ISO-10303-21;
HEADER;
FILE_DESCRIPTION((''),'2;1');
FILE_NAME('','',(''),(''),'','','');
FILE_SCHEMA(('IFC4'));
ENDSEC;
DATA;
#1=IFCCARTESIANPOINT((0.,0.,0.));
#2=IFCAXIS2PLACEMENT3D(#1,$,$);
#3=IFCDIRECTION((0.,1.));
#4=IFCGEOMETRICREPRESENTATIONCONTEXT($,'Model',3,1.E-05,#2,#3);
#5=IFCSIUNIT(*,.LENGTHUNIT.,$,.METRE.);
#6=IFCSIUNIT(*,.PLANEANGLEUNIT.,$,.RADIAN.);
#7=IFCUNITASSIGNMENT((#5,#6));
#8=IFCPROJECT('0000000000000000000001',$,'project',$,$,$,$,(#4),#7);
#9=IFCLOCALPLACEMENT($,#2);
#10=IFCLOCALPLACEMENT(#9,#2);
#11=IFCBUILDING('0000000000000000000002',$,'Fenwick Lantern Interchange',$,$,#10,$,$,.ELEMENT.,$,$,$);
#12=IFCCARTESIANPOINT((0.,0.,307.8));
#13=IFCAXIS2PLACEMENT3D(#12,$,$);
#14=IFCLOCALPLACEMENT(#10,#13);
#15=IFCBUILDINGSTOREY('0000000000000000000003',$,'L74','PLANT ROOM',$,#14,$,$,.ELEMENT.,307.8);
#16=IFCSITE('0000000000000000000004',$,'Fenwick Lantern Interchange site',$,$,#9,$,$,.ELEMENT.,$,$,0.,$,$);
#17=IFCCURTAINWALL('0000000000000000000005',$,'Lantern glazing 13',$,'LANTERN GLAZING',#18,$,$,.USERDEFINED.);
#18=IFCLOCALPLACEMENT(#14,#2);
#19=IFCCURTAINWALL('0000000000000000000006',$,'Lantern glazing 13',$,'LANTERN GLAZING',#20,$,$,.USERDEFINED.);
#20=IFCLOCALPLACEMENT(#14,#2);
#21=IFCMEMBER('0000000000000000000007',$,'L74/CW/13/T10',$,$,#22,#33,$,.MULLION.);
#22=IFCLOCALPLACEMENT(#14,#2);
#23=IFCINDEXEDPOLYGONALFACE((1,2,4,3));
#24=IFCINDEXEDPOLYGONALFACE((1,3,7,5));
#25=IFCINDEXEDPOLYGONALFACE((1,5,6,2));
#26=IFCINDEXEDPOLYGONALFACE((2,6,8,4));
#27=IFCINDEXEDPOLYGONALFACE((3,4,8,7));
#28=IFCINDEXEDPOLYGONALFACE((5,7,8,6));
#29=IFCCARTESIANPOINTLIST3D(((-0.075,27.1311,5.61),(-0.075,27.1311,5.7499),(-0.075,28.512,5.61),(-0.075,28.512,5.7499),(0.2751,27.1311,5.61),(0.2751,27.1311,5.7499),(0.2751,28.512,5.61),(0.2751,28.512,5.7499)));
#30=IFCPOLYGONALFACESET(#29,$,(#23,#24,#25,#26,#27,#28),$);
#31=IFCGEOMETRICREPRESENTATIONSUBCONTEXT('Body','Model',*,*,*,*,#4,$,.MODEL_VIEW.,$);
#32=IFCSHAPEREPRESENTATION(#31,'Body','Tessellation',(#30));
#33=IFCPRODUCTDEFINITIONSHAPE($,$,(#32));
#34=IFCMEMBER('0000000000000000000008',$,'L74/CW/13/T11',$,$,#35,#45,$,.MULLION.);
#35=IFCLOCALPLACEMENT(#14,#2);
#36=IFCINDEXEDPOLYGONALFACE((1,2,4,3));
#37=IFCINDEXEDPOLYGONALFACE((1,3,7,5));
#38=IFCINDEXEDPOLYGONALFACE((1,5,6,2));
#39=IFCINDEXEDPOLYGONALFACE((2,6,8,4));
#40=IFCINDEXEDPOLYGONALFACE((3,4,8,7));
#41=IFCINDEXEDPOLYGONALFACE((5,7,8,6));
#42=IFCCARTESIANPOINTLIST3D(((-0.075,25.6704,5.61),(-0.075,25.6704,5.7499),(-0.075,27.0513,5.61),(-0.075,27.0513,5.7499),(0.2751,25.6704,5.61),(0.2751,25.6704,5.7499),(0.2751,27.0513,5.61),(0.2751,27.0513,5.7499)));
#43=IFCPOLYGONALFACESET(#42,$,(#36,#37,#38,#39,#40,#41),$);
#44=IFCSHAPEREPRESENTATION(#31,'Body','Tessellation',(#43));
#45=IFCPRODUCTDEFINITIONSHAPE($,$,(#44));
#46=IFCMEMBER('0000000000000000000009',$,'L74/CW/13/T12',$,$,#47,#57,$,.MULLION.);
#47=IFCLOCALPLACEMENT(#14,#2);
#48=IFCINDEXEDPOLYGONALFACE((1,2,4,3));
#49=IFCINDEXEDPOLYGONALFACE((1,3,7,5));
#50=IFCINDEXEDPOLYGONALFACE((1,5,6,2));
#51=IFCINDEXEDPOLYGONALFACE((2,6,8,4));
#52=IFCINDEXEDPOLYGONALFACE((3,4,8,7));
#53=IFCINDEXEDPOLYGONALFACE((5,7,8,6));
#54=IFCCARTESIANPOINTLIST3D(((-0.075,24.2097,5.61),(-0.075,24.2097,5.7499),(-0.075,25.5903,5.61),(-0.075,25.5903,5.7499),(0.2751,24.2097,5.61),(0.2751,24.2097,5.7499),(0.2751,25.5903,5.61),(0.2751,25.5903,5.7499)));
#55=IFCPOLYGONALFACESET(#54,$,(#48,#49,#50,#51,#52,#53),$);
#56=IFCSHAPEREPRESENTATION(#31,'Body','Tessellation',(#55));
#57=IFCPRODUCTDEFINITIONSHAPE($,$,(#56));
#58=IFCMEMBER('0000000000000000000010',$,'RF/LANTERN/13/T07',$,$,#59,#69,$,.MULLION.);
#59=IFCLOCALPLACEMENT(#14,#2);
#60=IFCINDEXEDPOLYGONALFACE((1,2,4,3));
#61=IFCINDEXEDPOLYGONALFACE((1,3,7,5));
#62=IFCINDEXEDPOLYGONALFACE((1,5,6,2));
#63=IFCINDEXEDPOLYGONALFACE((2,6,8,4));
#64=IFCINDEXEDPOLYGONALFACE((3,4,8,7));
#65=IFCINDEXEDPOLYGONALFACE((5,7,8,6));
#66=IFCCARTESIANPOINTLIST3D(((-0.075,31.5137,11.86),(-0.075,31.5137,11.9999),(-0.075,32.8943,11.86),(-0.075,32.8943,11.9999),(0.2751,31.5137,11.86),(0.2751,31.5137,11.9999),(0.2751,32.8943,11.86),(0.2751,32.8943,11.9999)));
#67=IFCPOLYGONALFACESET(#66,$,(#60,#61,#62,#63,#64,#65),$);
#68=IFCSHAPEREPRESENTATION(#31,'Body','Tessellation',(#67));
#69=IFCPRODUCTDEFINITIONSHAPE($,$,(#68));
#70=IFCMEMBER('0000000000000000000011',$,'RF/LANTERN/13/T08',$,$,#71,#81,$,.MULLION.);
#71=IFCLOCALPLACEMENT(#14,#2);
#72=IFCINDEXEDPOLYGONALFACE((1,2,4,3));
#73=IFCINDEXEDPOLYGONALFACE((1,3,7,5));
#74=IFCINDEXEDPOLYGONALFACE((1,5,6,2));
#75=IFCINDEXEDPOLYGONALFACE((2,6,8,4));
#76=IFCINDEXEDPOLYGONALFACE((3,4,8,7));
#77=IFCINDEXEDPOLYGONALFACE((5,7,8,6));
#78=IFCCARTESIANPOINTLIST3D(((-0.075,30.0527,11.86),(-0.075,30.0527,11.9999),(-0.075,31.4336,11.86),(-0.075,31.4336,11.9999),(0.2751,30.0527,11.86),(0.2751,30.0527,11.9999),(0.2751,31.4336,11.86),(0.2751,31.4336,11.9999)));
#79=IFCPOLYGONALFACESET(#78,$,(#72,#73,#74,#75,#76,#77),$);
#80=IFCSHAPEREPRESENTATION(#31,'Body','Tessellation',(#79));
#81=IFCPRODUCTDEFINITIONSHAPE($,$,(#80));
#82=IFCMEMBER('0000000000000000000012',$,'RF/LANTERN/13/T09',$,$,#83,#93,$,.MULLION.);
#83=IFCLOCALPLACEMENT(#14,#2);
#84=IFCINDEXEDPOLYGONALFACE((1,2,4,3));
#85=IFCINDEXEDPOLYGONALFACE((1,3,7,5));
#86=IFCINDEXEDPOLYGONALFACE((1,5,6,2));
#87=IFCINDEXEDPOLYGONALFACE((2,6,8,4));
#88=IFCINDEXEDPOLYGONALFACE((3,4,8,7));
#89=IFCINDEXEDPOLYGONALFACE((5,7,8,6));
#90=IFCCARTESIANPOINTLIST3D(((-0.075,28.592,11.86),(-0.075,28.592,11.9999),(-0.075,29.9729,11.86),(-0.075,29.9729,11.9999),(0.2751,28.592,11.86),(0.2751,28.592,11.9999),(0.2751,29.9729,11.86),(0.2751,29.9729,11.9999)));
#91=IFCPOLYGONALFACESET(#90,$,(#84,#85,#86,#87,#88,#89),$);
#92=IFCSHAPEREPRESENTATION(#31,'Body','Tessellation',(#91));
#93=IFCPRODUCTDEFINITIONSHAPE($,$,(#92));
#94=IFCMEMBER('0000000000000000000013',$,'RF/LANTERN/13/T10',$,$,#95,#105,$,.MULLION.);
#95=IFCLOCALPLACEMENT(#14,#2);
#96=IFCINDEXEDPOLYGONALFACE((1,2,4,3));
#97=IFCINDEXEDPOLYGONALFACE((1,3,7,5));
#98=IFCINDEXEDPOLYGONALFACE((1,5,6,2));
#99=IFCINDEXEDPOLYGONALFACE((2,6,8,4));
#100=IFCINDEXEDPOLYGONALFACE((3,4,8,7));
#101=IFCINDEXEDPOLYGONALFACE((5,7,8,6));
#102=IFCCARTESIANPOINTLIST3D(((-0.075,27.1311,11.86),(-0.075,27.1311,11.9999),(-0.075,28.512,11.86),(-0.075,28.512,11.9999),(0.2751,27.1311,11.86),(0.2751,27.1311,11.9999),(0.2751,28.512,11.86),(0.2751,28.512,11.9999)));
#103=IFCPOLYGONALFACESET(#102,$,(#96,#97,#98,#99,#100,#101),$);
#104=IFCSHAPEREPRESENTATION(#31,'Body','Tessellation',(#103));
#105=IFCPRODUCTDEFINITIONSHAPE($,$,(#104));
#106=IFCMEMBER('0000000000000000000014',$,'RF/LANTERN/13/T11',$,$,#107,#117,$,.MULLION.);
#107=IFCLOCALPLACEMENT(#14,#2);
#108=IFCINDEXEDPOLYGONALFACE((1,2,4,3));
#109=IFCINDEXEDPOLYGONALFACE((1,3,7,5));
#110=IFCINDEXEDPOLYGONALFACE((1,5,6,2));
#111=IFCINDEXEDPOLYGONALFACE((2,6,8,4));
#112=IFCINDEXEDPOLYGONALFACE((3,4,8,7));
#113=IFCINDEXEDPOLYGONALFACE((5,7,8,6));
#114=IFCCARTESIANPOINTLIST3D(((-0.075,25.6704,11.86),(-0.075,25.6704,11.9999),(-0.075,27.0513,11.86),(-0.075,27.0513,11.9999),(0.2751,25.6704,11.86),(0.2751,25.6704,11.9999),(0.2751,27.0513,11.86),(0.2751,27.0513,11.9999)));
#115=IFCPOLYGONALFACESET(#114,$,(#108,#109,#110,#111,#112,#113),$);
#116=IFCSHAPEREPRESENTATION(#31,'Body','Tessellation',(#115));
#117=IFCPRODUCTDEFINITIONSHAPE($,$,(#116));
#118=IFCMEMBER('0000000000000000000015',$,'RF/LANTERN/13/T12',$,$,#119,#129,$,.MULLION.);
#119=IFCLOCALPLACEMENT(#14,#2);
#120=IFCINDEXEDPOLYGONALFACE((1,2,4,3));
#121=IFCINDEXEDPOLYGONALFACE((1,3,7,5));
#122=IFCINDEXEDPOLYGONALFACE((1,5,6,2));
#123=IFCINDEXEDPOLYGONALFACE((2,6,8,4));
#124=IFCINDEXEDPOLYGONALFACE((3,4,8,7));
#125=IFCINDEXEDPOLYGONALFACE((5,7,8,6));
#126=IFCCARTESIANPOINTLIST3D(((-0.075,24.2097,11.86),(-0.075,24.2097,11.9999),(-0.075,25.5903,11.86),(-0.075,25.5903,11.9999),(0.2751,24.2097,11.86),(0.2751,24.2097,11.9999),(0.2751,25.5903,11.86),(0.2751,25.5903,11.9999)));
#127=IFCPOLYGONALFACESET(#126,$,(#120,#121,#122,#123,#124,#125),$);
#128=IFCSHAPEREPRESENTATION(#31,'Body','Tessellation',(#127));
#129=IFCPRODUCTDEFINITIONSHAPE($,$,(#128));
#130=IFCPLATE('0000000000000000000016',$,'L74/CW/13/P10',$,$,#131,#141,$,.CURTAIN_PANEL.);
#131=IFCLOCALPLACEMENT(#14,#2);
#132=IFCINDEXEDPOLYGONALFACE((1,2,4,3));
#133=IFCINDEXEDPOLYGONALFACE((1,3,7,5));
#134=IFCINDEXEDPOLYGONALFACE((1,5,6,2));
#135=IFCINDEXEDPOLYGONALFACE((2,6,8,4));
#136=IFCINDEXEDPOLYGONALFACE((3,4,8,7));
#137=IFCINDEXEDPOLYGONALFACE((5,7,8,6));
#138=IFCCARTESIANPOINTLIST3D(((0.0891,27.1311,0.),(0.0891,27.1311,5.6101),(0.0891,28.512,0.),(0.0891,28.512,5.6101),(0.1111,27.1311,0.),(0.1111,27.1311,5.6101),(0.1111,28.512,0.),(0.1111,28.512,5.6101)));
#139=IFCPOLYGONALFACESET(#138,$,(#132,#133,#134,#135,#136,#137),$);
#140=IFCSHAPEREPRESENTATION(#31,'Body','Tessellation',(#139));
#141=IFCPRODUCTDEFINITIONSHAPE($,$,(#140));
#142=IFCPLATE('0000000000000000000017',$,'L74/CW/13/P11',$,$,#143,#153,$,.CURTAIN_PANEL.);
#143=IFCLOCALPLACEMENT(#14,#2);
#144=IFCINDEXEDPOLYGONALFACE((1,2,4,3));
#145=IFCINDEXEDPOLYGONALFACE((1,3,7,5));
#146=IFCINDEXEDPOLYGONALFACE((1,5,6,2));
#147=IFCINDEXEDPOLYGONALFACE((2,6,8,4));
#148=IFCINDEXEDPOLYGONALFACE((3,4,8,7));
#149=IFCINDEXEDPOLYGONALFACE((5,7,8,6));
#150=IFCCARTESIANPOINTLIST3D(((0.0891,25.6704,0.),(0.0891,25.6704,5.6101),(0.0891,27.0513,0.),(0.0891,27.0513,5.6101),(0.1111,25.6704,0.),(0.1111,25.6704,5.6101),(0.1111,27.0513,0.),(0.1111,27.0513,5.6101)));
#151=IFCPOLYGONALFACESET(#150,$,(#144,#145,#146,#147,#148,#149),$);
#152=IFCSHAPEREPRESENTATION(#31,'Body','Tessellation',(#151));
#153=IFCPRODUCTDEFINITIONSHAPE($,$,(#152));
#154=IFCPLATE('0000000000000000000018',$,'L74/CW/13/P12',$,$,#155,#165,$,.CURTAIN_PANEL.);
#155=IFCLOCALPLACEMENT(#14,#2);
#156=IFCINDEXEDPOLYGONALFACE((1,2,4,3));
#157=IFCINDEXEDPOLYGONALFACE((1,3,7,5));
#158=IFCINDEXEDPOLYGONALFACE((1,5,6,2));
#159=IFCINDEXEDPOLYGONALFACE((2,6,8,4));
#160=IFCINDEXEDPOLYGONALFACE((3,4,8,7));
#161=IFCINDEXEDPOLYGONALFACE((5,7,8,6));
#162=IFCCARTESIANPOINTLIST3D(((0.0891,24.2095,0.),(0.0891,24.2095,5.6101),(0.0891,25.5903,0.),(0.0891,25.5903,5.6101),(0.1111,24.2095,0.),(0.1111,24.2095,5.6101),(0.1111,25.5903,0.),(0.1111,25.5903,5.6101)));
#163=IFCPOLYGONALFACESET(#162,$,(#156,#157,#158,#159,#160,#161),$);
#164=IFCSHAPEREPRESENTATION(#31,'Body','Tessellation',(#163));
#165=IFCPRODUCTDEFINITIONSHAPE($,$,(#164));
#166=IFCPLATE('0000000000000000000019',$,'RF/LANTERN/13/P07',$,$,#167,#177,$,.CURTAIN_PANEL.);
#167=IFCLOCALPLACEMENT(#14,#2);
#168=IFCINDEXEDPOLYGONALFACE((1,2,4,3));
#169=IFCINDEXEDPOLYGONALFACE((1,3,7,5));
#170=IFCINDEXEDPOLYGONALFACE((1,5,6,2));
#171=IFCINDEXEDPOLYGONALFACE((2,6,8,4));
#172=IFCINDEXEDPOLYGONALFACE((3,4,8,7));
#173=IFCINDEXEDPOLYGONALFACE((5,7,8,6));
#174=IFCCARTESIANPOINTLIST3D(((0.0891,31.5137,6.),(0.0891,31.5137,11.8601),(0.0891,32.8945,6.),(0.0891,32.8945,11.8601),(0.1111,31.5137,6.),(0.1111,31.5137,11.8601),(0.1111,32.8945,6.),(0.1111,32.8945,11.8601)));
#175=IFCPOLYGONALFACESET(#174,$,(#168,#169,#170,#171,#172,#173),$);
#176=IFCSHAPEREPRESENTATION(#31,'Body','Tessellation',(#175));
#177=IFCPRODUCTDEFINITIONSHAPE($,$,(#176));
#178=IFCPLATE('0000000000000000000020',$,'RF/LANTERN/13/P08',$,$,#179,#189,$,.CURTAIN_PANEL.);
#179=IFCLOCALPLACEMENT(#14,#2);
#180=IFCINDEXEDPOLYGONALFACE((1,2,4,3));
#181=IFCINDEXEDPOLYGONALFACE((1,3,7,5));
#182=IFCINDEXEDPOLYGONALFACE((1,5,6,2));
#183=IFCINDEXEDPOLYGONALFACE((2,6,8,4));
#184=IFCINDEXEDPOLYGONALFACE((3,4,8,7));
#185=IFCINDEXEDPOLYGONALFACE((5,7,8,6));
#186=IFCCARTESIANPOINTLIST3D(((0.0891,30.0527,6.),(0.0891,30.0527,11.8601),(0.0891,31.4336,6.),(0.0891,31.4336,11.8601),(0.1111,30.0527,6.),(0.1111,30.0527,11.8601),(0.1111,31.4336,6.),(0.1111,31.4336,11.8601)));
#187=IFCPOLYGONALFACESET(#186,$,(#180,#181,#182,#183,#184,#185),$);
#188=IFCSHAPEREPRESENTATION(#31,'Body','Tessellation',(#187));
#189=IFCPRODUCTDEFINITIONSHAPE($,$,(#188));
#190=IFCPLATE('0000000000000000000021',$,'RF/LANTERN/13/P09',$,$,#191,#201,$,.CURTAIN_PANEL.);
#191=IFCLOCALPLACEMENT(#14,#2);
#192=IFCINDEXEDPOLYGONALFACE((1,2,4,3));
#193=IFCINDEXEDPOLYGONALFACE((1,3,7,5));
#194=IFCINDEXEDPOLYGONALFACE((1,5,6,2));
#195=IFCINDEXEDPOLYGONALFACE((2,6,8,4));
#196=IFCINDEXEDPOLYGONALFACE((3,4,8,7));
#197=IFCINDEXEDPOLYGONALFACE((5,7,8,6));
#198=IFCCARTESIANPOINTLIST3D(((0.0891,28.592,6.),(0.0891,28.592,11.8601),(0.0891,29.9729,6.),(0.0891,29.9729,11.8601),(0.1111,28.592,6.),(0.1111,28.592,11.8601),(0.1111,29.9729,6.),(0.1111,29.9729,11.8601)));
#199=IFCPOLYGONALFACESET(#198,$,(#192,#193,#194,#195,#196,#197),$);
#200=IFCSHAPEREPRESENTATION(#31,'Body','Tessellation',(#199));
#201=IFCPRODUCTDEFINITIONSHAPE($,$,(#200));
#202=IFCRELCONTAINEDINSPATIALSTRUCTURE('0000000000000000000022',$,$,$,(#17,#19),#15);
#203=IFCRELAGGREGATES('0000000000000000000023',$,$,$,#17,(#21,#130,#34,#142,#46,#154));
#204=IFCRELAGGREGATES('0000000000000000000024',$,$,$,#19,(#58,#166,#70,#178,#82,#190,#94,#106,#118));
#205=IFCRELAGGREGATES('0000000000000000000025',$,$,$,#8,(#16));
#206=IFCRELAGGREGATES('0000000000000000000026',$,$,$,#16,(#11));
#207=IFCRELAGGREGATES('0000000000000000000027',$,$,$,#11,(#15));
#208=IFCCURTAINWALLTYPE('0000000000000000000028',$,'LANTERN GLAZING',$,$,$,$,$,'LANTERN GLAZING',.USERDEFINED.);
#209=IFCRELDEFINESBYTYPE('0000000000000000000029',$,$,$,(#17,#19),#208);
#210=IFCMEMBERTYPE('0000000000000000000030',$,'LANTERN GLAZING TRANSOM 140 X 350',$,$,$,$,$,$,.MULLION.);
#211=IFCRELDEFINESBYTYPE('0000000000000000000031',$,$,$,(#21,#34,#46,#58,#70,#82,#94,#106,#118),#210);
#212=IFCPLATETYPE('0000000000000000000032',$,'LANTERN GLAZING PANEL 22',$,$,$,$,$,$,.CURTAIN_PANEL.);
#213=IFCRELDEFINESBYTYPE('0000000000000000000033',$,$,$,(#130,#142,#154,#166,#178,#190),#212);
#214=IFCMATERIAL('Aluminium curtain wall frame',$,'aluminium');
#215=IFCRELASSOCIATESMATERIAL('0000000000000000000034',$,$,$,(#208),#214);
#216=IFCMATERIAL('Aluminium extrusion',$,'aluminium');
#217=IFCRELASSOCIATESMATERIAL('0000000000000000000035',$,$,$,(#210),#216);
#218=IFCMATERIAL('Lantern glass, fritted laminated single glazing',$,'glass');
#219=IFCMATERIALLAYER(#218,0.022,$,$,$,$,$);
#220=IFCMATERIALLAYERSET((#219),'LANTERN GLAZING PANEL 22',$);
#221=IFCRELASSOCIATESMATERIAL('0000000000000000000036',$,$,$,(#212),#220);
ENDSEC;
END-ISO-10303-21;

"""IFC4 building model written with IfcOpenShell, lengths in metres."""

from ifc_helpers import new_model, si_unit, direction, frame, origin, origin_2d, place, context, subcontext, project, spatial, rectangle, extrude, material, layer, layer_set, material_profile, profile_set, type_object, element, aggregate, save


model = new_model("IFC4")

# Units and contexts
model_context = context("Model", 3, precision=1e-05, world=origin(), true_north=direction((0.0, 1.0)))
body_context = subcontext(model_context, "Body", "Model", "MODEL_VIEW")
ifc_project = project(units=[si_unit("LENGTHUNIT", "METRE"), si_unit("PLANEANGLEUNIT", "RADIAN")], contexts=[model_context])

# Site, building, storey
site_placement = place(None, origin())
site = spatial("IfcSite", under=ifc_project, at=site_placement, Name="Fenwick Lantern Interchange site", CompositionType="ELEMENT", RefElevation=0.0)
building_placement = place(site_placement, origin())
building = spatial("IfcBuilding", under=site, at=building_placement, Name="Fenwick Lantern Interchange", CompositionType="ELEMENT")
storey_placement = place(building_placement, frame((0.0, 0.0, 307.8)))
storey = spatial("IfcBuildingStorey", under=building, at=storey_placement, Name="L74", Description="PLANT ROOM", CompositionType="ELEMENT", Elevation=307.8)

# Curtain walls
ifc_material_1 = material(Name="Aluminium curtain wall frame", Category="aluminium")
curtain_wall_type = type_object("IfcCurtainWallType", Name="LANTERN GLAZING", ElementType="LANTERN GLAZING", PredefinedType="USERDEFINED", material=ifc_material_1)
curtain_wall_1_placement = place(storey_placement, origin())
curtain_wall_1 = element("IfcCurtainWall", 1, at=curtain_wall_1_placement, inside=storey, type_object=curtain_wall_type, Name="Lantern glazing 13", ObjectType="LANTERN GLAZING", PredefinedType="USERDEFINED")
ifc_material_2 = material(Name="Aluminium extrusion", Category="aluminium")
curtain_wall_2_placement = place(storey_placement, origin())
curtain_wall_2 = element("IfcCurtainWall", 2, at=curtain_wall_2_placement, inside=storey, type_object=curtain_wall_type, Name="Lantern glazing 13", ObjectType="LANTERN GLAZING", PredefinedType="USERDEFINED")

# Members
ifc_material_profile_1 = material_profile(ifc_material_2, rectangle(XDim=0.3501, YDim=0.1399, at=origin_2d()), Name="LANTERN GLAZING TRANSOM 140 X 350")
ifc_profile_set_1 = profile_set([ifc_material_profile_1], Name="Aluminium extrusion")
member_type_1 = type_object("IfcMemberType", Name="LANTERN GLAZING TRANSOM 140 X 350", PredefinedType="MULLION", material=ifc_profile_set_1)
member_1_placement = place(storey_placement, frame((0.1001, 28.512, 5.6799), z_axis=(0.0, -1.0, 0.0), x_axis=(1.0, 0.0, 0.0)))
member_1 = element("IfcMember", 3, at=member_1_placement, type_object=member_type_1, Name="L74/CW/13/T10", PredefinedType="MULLION", context=body_context, shape_type="SweptSolid", body=[
    extrude(rectangle(XDim=0.3501, YDim=0.1399, at=origin_2d()), origin(), (0.0, 0.0, 1.0), 1.3809),
])
member_2_placement = place(storey_placement, frame((0.1001, 27.0513, 5.6799), z_axis=(0.0, -1.0, 0.0), x_axis=(1.0, 0.0, 0.0)))
member_2 = element("IfcMember", 4, at=member_2_placement, type_object=member_type_1, Name="L74/CW/13/T11", PredefinedType="MULLION", context=body_context, shape_type="SweptSolid", body=[
    extrude(rectangle(XDim=0.3501, YDim=0.1399, at=origin_2d()), origin(), (0.0, 0.0, 1.0), 1.3809),
])
member_3_placement = place(storey_placement, frame((0.1001, 25.5903, 5.6799), z_axis=(0.0, -1.0, 0.0), x_axis=(1.0, 0.0, 0.0)))
member_3 = element("IfcMember", 5, at=member_3_placement, type_object=member_type_1, Name="L74/CW/13/T12", PredefinedType="MULLION", context=body_context, shape_type="SweptSolid", body=[
    extrude(rectangle(XDim=0.3501, YDim=0.1399, at=origin_2d()), origin(), (0.0, 0.0, 1.0), 1.3806),
])
member_4_placement = place(storey_placement, frame((0.1001, 32.8943, 11.9299), z_axis=(0.0, -1.0, 0.0), x_axis=(1.0, 0.0, 0.0)))
member_4 = element("IfcMember", 6, at=member_4_placement, type_object=member_type_1, Name="RF/LANTERN/13/T07", PredefinedType="MULLION", context=body_context, shape_type="SweptSolid", body=[
    extrude(rectangle(XDim=0.3501, YDim=0.1399, at=origin_2d()), origin(), (0.0, 0.0, 1.0), 1.3806),
])
member_5_placement = place(storey_placement, frame((0.1001, 31.4336, 11.9299), z_axis=(0.0, -1.0, 0.0), x_axis=(1.0, 0.0, 0.0)))
member_5 = element("IfcMember", 7, at=member_5_placement, type_object=member_type_1, Name="RF/LANTERN/13/T08", PredefinedType="MULLION", context=body_context, shape_type="SweptSolid", body=[
    extrude(rectangle(XDim=0.3501, YDim=0.1399, at=origin_2d()), origin(), (0.0, 0.0, 1.0), 1.3809),
])
member_6_placement = place(storey_placement, frame((0.1001, 29.9729, 11.9299), z_axis=(0.0, -1.0, 0.0), x_axis=(1.0, 0.0, 0.0)))
member_6 = element("IfcMember", 8, at=member_6_placement, type_object=member_type_1, Name="RF/LANTERN/13/T09", PredefinedType="MULLION", context=body_context, shape_type="SweptSolid", body=[
    extrude(rectangle(XDim=0.3501, YDim=0.1399, at=origin_2d()), origin(), (0.0, 0.0, 1.0), 1.3809),
])
member_7_placement = place(storey_placement, frame((0.1001, 28.512, 11.9299), z_axis=(0.0, -1.0, 0.0), x_axis=(1.0, 0.0, 0.0)))
member_7 = element("IfcMember", 9, at=member_7_placement, type_object=member_type_1, Name="RF/LANTERN/13/T10", PredefinedType="MULLION", context=body_context, shape_type="SweptSolid", body=[
    extrude(rectangle(XDim=0.3501, YDim=0.1399, at=origin_2d()), origin(), (0.0, 0.0, 1.0), 1.3809),
])
member_8_placement = place(storey_placement, frame((0.1001, 27.0513, 11.9299), z_axis=(0.0, -1.0, 0.0), x_axis=(1.0, 0.0, 0.0)))
member_8 = element("IfcMember", 10, at=member_8_placement, type_object=member_type_1, Name="RF/LANTERN/13/T11", PredefinedType="MULLION", context=body_context, shape_type="SweptSolid", body=[
    extrude(rectangle(XDim=0.3501, YDim=0.1399, at=origin_2d()), origin(), (0.0, 0.0, 1.0), 1.3809),
])
member_9_placement = place(storey_placement, frame((0.1001, 25.5903, 11.9299), z_axis=(0.0, -1.0, 0.0), x_axis=(1.0, 0.0, 0.0)))
member_9 = element("IfcMember", 11, at=member_9_placement, type_object=member_type_1, Name="RF/LANTERN/13/T12", PredefinedType="MULLION", context=body_context, shape_type="SweptSolid", body=[
    extrude(rectangle(XDim=0.3501, YDim=0.1399, at=origin_2d()), origin(), (0.0, 0.0, 1.0), 1.3806),
])

# Plates
ifc_material_3 = material(Name="Lantern glass, fritted laminated single glazing", Category="glass")
ifc_layer_1 = layer(ifc_material_3, 0.022)
ifc_layer_set_1 = layer_set([ifc_layer_1], Name="LANTERN GLAZING PANEL 22")
plate_type = type_object("IfcPlateType", Name="LANTERN GLAZING PANEL 22", PredefinedType="CURTAIN_PANEL", material=ifc_layer_set_1)
plate_1_placement = place(storey_placement, frame((0.1001, 27.8215, 0.0), z_axis=(0.0, 0.0, 1.0), x_axis=(0.0, -1.0, 0.0)))
plate_1 = element("IfcPlate", 12, at=plate_1_placement, type_object=plate_type, Name="L74/CW/13/P10", PredefinedType="CURTAIN_PANEL", context=body_context, shape_type="SweptSolid", body=[
    extrude(rectangle(XDim=1.3809, YDim=0.022, at=origin_2d()), origin(), (0.0, 0.0, 1.0), 5.6101),
])
plate_2_placement = place(storey_placement, frame((0.1001, 26.3608, 0.0), z_axis=(0.0, 0.0, 1.0), x_axis=(0.0, -1.0, 0.0)))
plate_2 = element("IfcPlate", 13, at=plate_2_placement, type_object=plate_type, Name="L74/CW/13/P11", PredefinedType="CURTAIN_PANEL", context=body_context, shape_type="SweptSolid", body=[
    extrude(rectangle(XDim=1.3809, YDim=0.022, at=origin_2d()), origin(), (0.0, 0.0, 1.0), 5.6101),
])
plate_3_placement = place(storey_placement, frame((0.1001, 24.8999, 0.0), z_axis=(0.0, 0.0, 1.0), x_axis=(0.0, -1.0, 0.0)))
plate_3 = element("IfcPlate", 14, at=plate_3_placement, type_object=plate_type, Name="L74/CW/13/P12", PredefinedType="CURTAIN_PANEL", context=body_context, shape_type="SweptSolid", body=[
    extrude(rectangle(XDim=1.3809, YDim=0.022, at=origin_2d()), origin(), (0.0, 0.0, 1.0), 5.6101),
])
aggregate(curtain_wall_1, [member_1, plate_1, member_2, plate_2, member_3, plate_3])
plate_4_placement = place(storey_placement, frame((0.1001, 32.2041, 6.0), z_axis=(0.0, 0.0, 1.0), x_axis=(0.0, -1.0, 0.0)))
plate_4 = element("IfcPlate", 15, at=plate_4_placement, type_object=plate_type, Name="RF/LANTERN/13/P07", PredefinedType="CURTAIN_PANEL", context=body_context, shape_type="SweptSolid", body=[
    extrude(rectangle(XDim=1.3809, YDim=0.022, at=origin_2d()), origin(), (0.0, 0.0, 1.0), 5.8601),
])
plate_5_placement = place(storey_placement, frame((0.1001, 30.7432, 6.0), z_axis=(0.0, 0.0, 1.0), x_axis=(0.0, -1.0, 0.0)))
plate_5 = element("IfcPlate", 16, at=plate_5_placement, type_object=plate_type, Name="RF/LANTERN/13/P08", PredefinedType="CURTAIN_PANEL", context=body_context, shape_type="SweptSolid", body=[
    extrude(rectangle(XDim=1.3809, YDim=0.022, at=origin_2d()), origin(), (0.0, 0.0, 1.0), 5.8601),
])
plate_6_placement = place(storey_placement, frame((0.1001, 29.2825, 6.0), z_axis=(0.0, 0.0, 1.0), x_axis=(0.0, -1.0, 0.0)))
plate_6 = element("IfcPlate", 17, at=plate_6_placement, type_object=plate_type, Name="RF/LANTERN/13/P09", PredefinedType="CURTAIN_PANEL", context=body_context, shape_type="SweptSolid", body=[
    extrude(rectangle(XDim=1.3809, YDim=0.022, at=origin_2d()), origin(), (0.0, 0.0, 1.0), 5.8601),
])
aggregate(curtain_wall_2, [member_4, plate_4, member_5, plate_5, member_6, plate_6, member_7, member_8, member_9])

save(model, "model.ifc")
